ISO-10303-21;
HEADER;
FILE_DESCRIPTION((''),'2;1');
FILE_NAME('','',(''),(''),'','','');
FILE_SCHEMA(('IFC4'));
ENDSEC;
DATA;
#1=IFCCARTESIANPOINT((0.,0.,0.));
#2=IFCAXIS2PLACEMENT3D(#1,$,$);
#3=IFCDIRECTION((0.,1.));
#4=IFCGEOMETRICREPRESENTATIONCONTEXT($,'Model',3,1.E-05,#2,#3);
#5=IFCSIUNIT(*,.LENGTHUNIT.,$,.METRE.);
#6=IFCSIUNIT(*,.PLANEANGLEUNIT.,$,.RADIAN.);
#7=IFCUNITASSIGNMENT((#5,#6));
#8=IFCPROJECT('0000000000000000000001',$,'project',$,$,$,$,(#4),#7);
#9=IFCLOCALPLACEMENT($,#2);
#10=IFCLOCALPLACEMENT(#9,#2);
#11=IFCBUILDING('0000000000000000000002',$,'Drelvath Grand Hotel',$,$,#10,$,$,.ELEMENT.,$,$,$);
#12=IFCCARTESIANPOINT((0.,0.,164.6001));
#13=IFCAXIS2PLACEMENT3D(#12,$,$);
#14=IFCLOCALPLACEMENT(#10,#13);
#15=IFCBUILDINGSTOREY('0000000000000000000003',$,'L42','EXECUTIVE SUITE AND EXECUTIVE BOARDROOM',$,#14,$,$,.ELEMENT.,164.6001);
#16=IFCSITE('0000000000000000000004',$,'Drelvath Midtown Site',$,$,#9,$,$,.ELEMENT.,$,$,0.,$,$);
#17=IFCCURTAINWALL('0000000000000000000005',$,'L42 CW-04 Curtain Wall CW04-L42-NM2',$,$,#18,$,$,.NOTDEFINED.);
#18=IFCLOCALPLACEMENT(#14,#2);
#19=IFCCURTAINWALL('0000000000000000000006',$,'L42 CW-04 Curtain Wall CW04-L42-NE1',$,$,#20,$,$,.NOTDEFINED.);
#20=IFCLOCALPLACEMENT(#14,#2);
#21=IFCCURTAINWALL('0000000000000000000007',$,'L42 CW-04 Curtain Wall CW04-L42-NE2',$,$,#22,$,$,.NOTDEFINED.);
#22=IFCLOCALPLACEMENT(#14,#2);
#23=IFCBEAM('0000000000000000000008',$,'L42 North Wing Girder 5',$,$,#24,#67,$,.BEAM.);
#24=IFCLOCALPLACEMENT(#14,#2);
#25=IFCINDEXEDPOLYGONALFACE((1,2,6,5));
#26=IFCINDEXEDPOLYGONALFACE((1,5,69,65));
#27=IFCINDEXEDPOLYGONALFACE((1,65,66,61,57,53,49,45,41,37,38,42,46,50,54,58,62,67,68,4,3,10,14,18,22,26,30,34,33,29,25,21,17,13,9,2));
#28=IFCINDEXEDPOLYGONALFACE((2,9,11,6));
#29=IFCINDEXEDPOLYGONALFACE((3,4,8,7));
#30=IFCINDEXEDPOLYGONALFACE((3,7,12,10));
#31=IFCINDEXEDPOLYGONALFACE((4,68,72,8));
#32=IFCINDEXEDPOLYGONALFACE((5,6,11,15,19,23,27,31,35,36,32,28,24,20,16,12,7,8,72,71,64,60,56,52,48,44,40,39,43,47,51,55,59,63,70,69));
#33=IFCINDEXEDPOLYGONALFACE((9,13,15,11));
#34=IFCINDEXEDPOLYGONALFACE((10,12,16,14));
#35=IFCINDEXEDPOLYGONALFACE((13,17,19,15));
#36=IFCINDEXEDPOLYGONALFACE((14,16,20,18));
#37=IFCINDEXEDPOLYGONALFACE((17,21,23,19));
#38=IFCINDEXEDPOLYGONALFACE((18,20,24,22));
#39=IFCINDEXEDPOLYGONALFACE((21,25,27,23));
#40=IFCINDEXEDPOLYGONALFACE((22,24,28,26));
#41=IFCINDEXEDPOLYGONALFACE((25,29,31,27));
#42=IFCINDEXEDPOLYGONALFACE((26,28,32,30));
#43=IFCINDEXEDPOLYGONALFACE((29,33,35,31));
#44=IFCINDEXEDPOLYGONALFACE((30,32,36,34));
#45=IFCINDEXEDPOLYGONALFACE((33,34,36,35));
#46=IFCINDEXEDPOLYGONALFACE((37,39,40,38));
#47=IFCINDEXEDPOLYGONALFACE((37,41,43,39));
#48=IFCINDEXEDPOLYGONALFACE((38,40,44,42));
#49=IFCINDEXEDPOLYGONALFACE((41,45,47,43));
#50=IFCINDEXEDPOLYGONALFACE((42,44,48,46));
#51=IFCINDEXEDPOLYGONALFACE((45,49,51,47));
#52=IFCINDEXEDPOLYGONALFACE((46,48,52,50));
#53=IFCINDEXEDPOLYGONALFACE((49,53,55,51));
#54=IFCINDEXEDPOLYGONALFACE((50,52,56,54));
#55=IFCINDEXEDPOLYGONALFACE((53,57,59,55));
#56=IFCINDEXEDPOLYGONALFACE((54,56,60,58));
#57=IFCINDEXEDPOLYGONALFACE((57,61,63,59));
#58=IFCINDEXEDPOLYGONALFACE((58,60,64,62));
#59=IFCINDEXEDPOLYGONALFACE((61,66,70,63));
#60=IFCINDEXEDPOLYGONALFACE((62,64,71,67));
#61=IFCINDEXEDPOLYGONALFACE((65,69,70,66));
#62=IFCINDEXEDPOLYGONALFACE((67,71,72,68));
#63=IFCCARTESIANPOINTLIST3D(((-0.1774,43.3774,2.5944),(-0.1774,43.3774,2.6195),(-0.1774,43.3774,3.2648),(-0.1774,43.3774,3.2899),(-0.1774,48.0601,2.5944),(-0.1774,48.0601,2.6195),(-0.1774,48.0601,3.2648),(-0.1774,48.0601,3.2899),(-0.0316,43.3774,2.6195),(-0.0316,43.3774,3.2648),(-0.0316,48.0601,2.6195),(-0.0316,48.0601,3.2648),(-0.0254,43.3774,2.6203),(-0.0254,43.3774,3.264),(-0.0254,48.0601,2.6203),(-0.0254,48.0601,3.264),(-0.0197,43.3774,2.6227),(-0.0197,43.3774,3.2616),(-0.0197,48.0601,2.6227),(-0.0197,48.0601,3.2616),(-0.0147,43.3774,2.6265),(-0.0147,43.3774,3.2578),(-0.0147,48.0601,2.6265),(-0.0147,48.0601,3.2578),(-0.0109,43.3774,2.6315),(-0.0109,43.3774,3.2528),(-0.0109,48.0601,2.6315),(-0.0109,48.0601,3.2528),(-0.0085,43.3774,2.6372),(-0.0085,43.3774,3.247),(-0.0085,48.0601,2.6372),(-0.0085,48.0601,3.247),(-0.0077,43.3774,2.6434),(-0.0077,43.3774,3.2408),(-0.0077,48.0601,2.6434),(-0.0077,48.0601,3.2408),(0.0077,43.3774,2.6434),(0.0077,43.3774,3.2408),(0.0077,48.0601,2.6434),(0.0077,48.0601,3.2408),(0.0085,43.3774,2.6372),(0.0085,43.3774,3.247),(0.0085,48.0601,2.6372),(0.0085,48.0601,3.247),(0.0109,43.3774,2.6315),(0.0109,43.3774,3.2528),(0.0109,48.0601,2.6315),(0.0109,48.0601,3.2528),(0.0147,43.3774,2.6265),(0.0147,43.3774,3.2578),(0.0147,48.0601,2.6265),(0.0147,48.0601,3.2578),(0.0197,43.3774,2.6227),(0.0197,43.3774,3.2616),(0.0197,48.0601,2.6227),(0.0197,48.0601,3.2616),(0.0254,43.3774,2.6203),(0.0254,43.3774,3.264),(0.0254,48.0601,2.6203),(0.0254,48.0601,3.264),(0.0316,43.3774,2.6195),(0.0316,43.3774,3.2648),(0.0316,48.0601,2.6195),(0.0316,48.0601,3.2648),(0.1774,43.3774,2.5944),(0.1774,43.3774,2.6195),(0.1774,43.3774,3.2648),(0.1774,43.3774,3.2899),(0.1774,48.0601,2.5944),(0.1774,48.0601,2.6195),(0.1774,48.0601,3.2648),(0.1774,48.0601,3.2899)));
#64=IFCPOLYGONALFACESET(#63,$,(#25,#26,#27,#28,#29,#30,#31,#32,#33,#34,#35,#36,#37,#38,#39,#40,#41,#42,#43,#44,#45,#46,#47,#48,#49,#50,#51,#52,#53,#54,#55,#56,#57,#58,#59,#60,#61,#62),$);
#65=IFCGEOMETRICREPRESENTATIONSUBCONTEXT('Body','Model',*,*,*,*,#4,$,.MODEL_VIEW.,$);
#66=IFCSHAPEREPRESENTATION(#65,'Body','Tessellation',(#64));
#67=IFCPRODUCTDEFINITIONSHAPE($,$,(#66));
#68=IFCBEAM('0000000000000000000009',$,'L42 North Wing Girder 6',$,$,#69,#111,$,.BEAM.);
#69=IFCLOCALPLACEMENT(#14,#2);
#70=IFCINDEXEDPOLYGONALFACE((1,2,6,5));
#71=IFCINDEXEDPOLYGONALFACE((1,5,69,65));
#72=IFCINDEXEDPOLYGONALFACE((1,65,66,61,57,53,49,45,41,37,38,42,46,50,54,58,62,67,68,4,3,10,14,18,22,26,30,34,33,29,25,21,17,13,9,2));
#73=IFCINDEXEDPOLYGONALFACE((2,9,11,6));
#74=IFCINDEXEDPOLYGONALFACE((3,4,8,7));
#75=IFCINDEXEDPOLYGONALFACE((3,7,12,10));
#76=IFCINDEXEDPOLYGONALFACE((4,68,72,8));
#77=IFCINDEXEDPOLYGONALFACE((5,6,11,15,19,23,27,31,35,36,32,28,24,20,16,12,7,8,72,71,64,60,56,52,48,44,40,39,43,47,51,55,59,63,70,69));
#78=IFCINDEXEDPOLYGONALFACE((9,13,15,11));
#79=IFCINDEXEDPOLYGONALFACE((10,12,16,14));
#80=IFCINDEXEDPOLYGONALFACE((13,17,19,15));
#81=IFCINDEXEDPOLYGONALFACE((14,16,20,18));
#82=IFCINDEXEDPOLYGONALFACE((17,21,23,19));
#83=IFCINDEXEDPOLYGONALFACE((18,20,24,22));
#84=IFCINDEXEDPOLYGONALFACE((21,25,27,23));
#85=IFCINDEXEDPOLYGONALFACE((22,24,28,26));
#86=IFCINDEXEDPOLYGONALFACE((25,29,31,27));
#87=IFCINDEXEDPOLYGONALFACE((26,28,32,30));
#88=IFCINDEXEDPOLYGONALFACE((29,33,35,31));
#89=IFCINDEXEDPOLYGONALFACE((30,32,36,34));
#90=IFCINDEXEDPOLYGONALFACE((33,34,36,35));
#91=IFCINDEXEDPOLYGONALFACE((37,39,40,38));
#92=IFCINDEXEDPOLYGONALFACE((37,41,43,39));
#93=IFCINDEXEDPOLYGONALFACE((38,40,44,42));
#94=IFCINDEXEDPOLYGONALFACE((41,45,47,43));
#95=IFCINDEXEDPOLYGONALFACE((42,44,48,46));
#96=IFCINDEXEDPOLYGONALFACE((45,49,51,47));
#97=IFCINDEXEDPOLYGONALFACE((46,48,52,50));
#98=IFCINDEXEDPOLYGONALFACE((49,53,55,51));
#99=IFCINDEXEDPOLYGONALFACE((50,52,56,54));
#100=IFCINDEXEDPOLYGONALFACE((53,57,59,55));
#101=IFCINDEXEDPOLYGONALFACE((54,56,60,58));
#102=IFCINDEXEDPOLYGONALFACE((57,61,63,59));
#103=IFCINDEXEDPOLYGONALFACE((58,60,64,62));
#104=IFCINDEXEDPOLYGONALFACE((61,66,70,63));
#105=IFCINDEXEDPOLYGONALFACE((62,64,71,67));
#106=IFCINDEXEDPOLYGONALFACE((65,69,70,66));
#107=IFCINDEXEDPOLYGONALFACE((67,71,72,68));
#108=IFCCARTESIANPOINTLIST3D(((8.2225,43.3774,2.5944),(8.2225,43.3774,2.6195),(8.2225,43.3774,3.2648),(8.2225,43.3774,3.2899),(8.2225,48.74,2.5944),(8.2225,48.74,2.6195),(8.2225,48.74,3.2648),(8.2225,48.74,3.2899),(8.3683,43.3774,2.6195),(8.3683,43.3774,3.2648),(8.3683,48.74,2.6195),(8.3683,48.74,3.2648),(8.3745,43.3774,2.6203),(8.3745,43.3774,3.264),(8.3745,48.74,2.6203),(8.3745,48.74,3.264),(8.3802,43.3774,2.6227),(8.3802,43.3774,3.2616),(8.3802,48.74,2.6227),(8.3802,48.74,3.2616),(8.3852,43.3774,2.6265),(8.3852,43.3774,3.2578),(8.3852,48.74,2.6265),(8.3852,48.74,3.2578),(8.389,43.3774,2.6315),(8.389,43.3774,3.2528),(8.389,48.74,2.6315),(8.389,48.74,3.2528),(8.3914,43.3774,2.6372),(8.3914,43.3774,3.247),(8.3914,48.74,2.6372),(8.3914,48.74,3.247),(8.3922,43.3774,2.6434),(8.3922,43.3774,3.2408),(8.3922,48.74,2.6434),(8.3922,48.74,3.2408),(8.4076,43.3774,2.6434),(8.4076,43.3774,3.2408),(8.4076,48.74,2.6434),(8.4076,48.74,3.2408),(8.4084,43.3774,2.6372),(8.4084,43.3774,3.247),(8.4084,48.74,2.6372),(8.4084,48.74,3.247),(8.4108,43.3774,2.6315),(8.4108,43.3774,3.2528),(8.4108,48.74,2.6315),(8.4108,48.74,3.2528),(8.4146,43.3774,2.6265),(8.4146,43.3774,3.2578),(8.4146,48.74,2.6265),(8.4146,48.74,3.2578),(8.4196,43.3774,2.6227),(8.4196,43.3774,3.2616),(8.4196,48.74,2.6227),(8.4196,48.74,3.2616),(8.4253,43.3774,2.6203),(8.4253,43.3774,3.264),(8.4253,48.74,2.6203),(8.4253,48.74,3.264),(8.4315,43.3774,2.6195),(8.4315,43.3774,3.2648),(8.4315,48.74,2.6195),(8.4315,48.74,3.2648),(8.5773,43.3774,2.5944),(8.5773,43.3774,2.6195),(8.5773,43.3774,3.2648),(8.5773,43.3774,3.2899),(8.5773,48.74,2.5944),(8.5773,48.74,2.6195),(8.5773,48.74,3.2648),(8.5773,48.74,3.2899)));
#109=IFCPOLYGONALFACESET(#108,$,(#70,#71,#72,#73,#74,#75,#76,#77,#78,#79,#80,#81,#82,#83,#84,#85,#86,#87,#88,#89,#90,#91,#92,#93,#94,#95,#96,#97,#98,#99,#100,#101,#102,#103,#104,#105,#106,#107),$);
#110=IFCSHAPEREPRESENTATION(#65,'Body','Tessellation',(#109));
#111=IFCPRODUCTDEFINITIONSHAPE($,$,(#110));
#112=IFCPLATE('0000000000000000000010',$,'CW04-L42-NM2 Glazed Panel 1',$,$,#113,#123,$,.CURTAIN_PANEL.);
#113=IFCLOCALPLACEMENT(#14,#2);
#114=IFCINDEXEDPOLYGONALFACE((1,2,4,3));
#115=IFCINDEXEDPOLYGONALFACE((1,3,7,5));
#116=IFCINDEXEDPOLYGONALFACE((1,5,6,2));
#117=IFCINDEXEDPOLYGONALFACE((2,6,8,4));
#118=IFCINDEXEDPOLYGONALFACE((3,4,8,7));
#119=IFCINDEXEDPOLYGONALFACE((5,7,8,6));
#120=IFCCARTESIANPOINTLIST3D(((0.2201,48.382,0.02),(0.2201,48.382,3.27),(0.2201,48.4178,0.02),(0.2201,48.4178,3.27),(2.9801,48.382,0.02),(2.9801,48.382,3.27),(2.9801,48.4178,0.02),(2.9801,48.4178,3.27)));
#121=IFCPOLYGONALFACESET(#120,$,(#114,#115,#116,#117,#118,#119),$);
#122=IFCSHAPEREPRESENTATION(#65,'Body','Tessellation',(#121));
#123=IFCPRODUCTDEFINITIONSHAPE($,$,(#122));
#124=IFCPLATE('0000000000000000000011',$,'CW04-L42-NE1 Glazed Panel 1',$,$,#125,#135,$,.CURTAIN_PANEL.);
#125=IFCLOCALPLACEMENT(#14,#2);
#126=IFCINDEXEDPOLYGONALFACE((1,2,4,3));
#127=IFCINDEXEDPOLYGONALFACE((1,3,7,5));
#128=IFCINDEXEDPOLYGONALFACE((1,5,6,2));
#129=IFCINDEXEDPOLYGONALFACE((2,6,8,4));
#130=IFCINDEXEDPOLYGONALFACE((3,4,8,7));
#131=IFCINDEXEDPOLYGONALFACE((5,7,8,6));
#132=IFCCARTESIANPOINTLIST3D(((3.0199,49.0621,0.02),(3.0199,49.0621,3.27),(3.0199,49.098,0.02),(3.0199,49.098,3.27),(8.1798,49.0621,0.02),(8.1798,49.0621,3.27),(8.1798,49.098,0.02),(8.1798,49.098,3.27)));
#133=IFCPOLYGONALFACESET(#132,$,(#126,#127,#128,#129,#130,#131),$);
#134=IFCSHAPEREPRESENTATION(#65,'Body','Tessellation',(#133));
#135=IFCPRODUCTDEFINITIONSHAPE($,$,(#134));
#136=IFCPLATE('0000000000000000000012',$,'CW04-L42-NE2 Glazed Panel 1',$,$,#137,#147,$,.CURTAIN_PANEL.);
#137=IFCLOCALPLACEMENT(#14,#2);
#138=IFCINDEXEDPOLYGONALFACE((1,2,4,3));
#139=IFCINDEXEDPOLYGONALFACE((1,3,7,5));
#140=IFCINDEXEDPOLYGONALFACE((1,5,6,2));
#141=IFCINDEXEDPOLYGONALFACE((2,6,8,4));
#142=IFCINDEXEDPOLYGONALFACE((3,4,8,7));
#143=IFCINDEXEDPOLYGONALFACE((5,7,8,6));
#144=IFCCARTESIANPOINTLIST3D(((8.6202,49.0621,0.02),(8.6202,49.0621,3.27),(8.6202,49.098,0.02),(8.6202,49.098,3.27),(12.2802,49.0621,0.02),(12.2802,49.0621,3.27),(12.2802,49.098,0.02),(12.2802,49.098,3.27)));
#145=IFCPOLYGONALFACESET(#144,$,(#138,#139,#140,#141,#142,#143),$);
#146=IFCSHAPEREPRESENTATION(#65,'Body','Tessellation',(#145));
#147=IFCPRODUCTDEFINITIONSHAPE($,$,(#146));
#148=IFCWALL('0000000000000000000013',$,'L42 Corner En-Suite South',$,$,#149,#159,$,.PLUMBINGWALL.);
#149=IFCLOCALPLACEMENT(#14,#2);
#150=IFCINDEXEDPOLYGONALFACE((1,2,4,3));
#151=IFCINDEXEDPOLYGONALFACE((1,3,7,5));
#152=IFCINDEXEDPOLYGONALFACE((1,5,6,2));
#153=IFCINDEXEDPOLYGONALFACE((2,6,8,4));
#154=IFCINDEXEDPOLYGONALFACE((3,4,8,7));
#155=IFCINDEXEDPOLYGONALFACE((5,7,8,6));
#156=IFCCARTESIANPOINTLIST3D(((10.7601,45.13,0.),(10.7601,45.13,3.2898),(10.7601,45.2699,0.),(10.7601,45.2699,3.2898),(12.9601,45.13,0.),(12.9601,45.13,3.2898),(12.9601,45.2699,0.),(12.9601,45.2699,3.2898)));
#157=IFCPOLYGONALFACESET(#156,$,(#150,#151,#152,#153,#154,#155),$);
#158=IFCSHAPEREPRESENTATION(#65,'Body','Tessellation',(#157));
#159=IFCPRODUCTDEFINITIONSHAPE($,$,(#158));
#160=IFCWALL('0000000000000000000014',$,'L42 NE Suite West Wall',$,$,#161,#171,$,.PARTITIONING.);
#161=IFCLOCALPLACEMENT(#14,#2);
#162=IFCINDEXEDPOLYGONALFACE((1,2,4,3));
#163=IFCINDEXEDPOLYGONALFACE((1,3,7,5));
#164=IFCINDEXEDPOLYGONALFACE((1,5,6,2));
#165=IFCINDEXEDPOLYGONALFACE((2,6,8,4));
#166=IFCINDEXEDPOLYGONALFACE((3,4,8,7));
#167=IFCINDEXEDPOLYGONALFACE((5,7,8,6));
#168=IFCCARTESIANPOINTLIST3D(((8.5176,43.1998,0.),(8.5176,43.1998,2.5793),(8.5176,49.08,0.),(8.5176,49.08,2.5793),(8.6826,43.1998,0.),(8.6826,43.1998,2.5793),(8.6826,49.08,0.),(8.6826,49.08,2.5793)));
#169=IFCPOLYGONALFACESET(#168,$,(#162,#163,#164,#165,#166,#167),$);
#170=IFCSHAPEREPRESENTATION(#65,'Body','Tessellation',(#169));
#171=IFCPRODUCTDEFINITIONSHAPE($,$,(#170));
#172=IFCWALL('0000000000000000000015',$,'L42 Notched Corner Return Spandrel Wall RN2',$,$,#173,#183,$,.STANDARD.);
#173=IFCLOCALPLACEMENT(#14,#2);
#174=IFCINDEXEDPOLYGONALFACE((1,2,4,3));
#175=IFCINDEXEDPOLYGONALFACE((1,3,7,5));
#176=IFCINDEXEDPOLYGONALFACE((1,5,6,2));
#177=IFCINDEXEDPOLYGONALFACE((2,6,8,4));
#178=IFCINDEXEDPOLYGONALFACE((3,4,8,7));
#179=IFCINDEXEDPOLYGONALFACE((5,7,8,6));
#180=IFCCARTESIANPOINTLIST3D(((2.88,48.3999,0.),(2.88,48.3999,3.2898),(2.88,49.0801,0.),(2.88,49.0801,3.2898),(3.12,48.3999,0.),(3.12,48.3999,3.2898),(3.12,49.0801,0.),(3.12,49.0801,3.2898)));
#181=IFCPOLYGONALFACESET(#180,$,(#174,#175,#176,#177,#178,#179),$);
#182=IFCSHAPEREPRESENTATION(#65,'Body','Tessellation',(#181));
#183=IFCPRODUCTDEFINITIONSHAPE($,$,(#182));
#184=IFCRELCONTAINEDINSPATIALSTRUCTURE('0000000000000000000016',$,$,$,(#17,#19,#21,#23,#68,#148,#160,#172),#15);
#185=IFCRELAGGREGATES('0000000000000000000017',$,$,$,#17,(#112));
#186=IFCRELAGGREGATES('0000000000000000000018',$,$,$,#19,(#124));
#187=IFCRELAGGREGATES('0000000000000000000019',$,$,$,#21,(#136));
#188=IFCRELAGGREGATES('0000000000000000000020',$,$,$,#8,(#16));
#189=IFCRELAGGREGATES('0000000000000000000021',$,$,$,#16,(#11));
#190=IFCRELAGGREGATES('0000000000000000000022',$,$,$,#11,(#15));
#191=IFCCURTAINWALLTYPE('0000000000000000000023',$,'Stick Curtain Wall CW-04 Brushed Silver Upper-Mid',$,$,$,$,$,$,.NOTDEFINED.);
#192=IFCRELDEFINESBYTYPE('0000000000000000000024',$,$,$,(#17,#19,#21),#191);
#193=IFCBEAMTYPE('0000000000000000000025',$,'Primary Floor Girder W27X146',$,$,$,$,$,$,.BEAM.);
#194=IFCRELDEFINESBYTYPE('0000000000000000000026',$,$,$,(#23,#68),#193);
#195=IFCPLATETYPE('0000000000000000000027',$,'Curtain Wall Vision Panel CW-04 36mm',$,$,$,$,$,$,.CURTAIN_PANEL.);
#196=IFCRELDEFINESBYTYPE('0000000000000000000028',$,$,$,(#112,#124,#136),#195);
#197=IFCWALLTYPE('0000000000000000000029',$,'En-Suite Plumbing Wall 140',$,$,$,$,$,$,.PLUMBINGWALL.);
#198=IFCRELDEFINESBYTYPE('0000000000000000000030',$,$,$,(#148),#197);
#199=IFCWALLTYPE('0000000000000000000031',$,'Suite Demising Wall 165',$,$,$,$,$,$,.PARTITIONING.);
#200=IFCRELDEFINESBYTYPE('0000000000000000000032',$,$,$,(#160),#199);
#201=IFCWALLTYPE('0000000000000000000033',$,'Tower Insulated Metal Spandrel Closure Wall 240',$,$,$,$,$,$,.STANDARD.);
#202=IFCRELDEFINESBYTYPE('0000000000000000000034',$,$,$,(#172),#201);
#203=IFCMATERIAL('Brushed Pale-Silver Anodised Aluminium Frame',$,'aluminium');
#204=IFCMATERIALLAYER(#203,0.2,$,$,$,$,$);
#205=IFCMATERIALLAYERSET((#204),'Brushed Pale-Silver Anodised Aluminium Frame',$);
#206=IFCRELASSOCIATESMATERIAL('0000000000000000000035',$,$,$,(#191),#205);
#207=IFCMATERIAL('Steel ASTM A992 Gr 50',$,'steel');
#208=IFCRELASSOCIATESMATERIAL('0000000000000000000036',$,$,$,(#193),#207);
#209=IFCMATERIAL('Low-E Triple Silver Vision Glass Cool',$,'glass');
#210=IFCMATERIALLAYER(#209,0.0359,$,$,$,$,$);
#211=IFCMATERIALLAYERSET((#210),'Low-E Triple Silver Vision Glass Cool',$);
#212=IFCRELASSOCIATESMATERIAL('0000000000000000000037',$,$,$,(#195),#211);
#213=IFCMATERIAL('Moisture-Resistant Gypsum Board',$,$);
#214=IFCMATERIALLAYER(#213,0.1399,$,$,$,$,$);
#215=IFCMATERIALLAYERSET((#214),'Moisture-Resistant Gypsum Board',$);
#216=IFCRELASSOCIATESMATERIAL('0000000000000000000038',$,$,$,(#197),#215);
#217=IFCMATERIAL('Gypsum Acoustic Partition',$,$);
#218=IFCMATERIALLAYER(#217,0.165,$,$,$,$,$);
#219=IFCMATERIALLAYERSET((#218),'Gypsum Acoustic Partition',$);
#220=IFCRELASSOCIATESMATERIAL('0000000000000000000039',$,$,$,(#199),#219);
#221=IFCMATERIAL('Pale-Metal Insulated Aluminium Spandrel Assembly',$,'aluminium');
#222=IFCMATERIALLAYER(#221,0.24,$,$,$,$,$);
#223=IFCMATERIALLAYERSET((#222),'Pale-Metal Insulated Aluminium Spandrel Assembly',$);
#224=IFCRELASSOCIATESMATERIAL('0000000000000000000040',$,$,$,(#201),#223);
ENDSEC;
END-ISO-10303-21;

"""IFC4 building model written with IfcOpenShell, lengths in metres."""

from ifc_helpers import new_model, si_unit, direction, frame, frame_2d, origin, origin_2d, place, context, subcontext, project, spatial, rectangle, i_section, extrude, material, layer, layer_set, material_profile, profile_set, type_object, element, aggregate, save


model = new_model("IFC4")

# Units and contexts
model_context = context("Model", 3, precision=1e-05, world=origin(), true_north=direction((0.0, 1.0)))
body_context = subcontext(model_context, "Body", "Model", "MODEL_VIEW")
ifc_project = project(units=[si_unit("LENGTHUNIT", "METRE"), si_unit("PLANEANGLEUNIT", "RADIAN")], contexts=[model_context])

# Site, building, storey
site_placement = place(None, origin())
site = spatial("IfcSite", under=ifc_project, at=site_placement, Name="Drelvath Midtown Site", CompositionType="ELEMENT", RefElevation=0.0)
building_placement = place(site_placement, origin())
building = spatial("IfcBuilding", under=site, at=building_placement, Name="Drelvath Grand Hotel", CompositionType="ELEMENT")
storey_placement = place(building_placement, frame((0.0, 0.0, 164.6001)))
storey = spatial("IfcBuildingStorey", under=building, at=storey_placement, Name="L42", Description="EXECUTIVE SUITE AND EXECUTIVE BOARDROOM", CompositionType="ELEMENT", Elevation=164.6001)

# Curtain walls
ifc_material_1 = material(Name="Brushed Pale-Silver Anodised Aluminium Frame", Category="aluminium")
ifc_layer_1 = layer(ifc_material_1, 0.2)
ifc_layer_set_1 = layer_set([ifc_layer_1], Name="Brushed Pale-Silver Anodised Aluminium Frame")
curtain_wall_type = type_object("IfcCurtainWallType", Name="Stick Curtain Wall CW-04 Brushed Silver Upper-Mid", PredefinedType="NOTDEFINED", material=ifc_layer_set_1)
curtain_wall_1_placement = place(storey_placement, origin())
curtain_wall_1 = element("IfcCurtainWall", 1, at=curtain_wall_1_placement, inside=storey, type_object=curtain_wall_type, Name="L42 CW-04 Curtain Wall CW04-L42-NM2", PredefinedType="NOTDEFINED")
curtain_wall_2_placement = place(storey_placement, origin())
curtain_wall_2 = element("IfcCurtainWall", 2, at=curtain_wall_2_placement, inside=storey, type_object=curtain_wall_type, Name="L42 CW-04 Curtain Wall CW04-L42-NE1", PredefinedType="NOTDEFINED")
curtain_wall_3_placement = place(storey_placement, origin())
curtain_wall_3 = element("IfcCurtainWall", 3, at=curtain_wall_3_placement, inside=storey, type_object=curtain_wall_type, Name="L42 CW-04 Curtain Wall CW04-L42-NE2", PredefinedType="NOTDEFINED")

# Beams
ifc_material_2 = material(Name="Steel ASTM A992 Gr 50", Category="steel")
ifc_material_profile_1 = material_profile(ifc_material_2, i_section(OverallWidth=0.3547, OverallDepth=0.6956, WebThickness=0.0154, FlangeThickness=0.0251, FilletRadius=0.0239, at=origin_2d()), Name="W27X146")
ifc_profile_set_1 = profile_set([ifc_material_profile_1], Name="Steel ASTM A992 Gr 50")
beam_type_1 = type_object("IfcBeamType", Name="Primary Floor Girder W27X146", PredefinedType="BEAM", material=ifc_profile_set_1)
beam_1_placement = place(storey_placement, frame((0.0, 43.3774, 2.9421), z_axis=(0.0, 1.0, 0.0), x_axis=(-1.0, 0.0, 0.0)))
element("IfcBeam", 4, at=beam_1_placement, inside=storey, type_object=beam_type_1, Name="L42 North Wing Girder 5", PredefinedType="BEAM", context=body_context, shape_type="SweptSolid", body=[
    extrude(i_section(OverallWidth=0.3547, OverallDepth=0.6956, WebThickness=0.0154, FlangeThickness=0.0251, FilletRadius=0.0239, at=origin_2d()), origin(), (0.0, 0.0, 1.0), 4.6826),
])
beam_2_placement = place(storey_placement, frame((8.3999, 43.3774, 2.9421), z_axis=(0.0, 1.0, 0.0), x_axis=(-1.0, 0.0, 0.0)))
element("IfcBeam", 5, at=beam_2_placement, inside=storey, type_object=beam_type_1, Name="L42 North Wing Girder 6", PredefinedType="BEAM", context=body_context, shape_type="SweptSolid", body=[
    extrude(i_section(OverallWidth=0.3547, OverallDepth=0.6956, WebThickness=0.0154, FlangeThickness=0.0251, FilletRadius=0.0239, at=origin_2d()), origin(), (0.0, 0.0, 1.0), 5.3625),
])

# Plates
ifc_material_3 = material(Name="Low-E Triple Silver Vision Glass Cool", Category="glass")
ifc_layer_2 = layer(ifc_material_3, 0.0359)
ifc_layer_set_2 = layer_set([ifc_layer_2], Name="Low-E Triple Silver Vision Glass Cool")
plate_type = type_object("IfcPlateType", Name="Curtain Wall Vision Panel CW-04 36mm", PredefinedType="CURTAIN_PANEL", material=ifc_layer_set_2)
plate_1_placement = place(storey_placement, frame((1.6001, 48.3999, 0.02), z_axis=(0.0, 0.0, 1.0), x_axis=(1.0, 0.0, 0.0)))
plate_1 = element("IfcPlate", 6, at=plate_1_placement, type_object=plate_type, Name="CW04-L42-NM2 Glazed Panel 1", PredefinedType="CURTAIN_PANEL", context=body_context, shape_type="SweptSolid", body=[
    extrude(rectangle(XDim=2.76, YDim=0.0359, at=origin_2d()), origin(), (0.0, 0.0, 1.0), 3.25),
])
aggregate(curtain_wall_1, [plate_1])
plate_2_placement = place(storey_placement, frame((5.5999, 49.0801, 0.02), z_axis=(0.0, 0.0, 1.0), x_axis=(1.0, 0.0, 0.0)))
plate_2 = element("IfcPlate", 7, at=plate_2_placement, type_object=plate_type, Name="CW04-L42-NE1 Glazed Panel 1", PredefinedType="CURTAIN_PANEL", context=body_context, shape_type="SweptSolid", body=[
    extrude(rectangle(XDim=5.1599, YDim=0.0359, at=origin_2d()), origin(), (0.0, 0.0, 1.0), 3.25),
])
aggregate(curtain_wall_2, [plate_2])
plate_3_placement = place(storey_placement, frame((10.4502, 49.0801, 0.02), z_axis=(0.0, 0.0, 1.0), x_axis=(1.0, 0.0, 0.0)))
plate_3 = element("IfcPlate", 8, at=plate_3_placement, type_object=plate_type, Name="CW04-L42-NE2 Glazed Panel 1", PredefinedType="CURTAIN_PANEL", context=body_context, shape_type="SweptSolid", body=[
    extrude(rectangle(XDim=3.6599, YDim=0.0359, at=origin_2d()), origin(), (0.0, 0.0, 1.0), 3.25),
])
aggregate(curtain_wall_3, [plate_3])

# Walls
ifc_material_4 = material(Name="Moisture-Resistant Gypsum Board")
ifc_layer_3 = layer(ifc_material_4, 0.1399)
ifc_layer_set_3 = layer_set([ifc_layer_3], Name="Moisture-Resistant Gypsum Board")
wall_type_1 = type_object("IfcWallType", Name="En-Suite Plumbing Wall 140", PredefinedType="PLUMBINGWALL", material=ifc_layer_set_3)
wall_1_placement = place(storey_placement, frame((10.76, 45.2, 0.0), z_axis=(0.0, 0.0, 1.0), x_axis=(1.0, 0.0, 0.0)))
element("IfcWall", 9, at=wall_1_placement, inside=storey, type_object=wall_type_1, Name="L42 Corner En-Suite South", PredefinedType="PLUMBINGWALL", context=body_context, shape_type="SweptSolid", body=[
    extrude(rectangle(XDim=2.2, YDim=0.1399, at=frame_2d((1.1001, 0.0))), origin(), (0.0, 0.0, 1.0), 3.2898),
])
ifc_material_5 = material(Name="Gypsum Acoustic Partition")
ifc_layer_4 = layer(ifc_material_5, 0.165)
ifc_layer_set_4 = layer_set([ifc_layer_4], Name="Gypsum Acoustic Partition")
wall_type_2 = type_object("IfcWallType", Name="Suite Demising Wall 165", PredefinedType="PARTITIONING", material=ifc_layer_set_4)
wall_2_placement = place(storey_placement, frame((8.6001, 43.2, 0.0), z_axis=(0.0, 0.0, 1.0), x_axis=(0.0, 1.0, 0.0)))
element("IfcWall", 10, at=wall_2_placement, inside=storey, type_object=wall_type_2, Name="L42 NE Suite West Wall", PredefinedType="PARTITIONING", context=body_context, shape_type="SweptSolid", body=[
    extrude(rectangle(XDim=5.8801, YDim=0.165, at=frame_2d((2.9399, 0.0))), origin(), (0.0, 0.0, 1.0), 2.5793),
])
ifc_material_6 = material(Name="Pale-Metal Insulated Aluminium Spandrel Assembly", Category="aluminium")
ifc_layer_5 = layer(ifc_material_6, 0.24)
ifc_layer_set_5 = layer_set([ifc_layer_5], Name="Pale-Metal Insulated Aluminium Spandrel Assembly")
wall_type_3 = type_object("IfcWallType", Name="Tower Insulated Metal Spandrel Closure Wall 240", PredefinedType="STANDARD", material=ifc_layer_set_5)
wall_3_placement = place(storey_placement, frame((3.0, 48.3999, 0.0), z_axis=(0.0, 0.0, 1.0), x_axis=(0.0, 1.0, 0.0)))
element("IfcWall", 11, at=wall_3_placement, inside=storey, type_object=wall_type_3, Name="L42 Notched Corner Return Spandrel Wall RN2", PredefinedType="STANDARD", context=body_context, shape_type="SweptSolid", body=[
    extrude(rectangle(XDim=0.6802, YDim=0.24, at=frame_2d((0.3401, 0.0))), origin(), (0.0, 0.0, 1.0), 3.2898),
])

save(model, "model.ifc")
